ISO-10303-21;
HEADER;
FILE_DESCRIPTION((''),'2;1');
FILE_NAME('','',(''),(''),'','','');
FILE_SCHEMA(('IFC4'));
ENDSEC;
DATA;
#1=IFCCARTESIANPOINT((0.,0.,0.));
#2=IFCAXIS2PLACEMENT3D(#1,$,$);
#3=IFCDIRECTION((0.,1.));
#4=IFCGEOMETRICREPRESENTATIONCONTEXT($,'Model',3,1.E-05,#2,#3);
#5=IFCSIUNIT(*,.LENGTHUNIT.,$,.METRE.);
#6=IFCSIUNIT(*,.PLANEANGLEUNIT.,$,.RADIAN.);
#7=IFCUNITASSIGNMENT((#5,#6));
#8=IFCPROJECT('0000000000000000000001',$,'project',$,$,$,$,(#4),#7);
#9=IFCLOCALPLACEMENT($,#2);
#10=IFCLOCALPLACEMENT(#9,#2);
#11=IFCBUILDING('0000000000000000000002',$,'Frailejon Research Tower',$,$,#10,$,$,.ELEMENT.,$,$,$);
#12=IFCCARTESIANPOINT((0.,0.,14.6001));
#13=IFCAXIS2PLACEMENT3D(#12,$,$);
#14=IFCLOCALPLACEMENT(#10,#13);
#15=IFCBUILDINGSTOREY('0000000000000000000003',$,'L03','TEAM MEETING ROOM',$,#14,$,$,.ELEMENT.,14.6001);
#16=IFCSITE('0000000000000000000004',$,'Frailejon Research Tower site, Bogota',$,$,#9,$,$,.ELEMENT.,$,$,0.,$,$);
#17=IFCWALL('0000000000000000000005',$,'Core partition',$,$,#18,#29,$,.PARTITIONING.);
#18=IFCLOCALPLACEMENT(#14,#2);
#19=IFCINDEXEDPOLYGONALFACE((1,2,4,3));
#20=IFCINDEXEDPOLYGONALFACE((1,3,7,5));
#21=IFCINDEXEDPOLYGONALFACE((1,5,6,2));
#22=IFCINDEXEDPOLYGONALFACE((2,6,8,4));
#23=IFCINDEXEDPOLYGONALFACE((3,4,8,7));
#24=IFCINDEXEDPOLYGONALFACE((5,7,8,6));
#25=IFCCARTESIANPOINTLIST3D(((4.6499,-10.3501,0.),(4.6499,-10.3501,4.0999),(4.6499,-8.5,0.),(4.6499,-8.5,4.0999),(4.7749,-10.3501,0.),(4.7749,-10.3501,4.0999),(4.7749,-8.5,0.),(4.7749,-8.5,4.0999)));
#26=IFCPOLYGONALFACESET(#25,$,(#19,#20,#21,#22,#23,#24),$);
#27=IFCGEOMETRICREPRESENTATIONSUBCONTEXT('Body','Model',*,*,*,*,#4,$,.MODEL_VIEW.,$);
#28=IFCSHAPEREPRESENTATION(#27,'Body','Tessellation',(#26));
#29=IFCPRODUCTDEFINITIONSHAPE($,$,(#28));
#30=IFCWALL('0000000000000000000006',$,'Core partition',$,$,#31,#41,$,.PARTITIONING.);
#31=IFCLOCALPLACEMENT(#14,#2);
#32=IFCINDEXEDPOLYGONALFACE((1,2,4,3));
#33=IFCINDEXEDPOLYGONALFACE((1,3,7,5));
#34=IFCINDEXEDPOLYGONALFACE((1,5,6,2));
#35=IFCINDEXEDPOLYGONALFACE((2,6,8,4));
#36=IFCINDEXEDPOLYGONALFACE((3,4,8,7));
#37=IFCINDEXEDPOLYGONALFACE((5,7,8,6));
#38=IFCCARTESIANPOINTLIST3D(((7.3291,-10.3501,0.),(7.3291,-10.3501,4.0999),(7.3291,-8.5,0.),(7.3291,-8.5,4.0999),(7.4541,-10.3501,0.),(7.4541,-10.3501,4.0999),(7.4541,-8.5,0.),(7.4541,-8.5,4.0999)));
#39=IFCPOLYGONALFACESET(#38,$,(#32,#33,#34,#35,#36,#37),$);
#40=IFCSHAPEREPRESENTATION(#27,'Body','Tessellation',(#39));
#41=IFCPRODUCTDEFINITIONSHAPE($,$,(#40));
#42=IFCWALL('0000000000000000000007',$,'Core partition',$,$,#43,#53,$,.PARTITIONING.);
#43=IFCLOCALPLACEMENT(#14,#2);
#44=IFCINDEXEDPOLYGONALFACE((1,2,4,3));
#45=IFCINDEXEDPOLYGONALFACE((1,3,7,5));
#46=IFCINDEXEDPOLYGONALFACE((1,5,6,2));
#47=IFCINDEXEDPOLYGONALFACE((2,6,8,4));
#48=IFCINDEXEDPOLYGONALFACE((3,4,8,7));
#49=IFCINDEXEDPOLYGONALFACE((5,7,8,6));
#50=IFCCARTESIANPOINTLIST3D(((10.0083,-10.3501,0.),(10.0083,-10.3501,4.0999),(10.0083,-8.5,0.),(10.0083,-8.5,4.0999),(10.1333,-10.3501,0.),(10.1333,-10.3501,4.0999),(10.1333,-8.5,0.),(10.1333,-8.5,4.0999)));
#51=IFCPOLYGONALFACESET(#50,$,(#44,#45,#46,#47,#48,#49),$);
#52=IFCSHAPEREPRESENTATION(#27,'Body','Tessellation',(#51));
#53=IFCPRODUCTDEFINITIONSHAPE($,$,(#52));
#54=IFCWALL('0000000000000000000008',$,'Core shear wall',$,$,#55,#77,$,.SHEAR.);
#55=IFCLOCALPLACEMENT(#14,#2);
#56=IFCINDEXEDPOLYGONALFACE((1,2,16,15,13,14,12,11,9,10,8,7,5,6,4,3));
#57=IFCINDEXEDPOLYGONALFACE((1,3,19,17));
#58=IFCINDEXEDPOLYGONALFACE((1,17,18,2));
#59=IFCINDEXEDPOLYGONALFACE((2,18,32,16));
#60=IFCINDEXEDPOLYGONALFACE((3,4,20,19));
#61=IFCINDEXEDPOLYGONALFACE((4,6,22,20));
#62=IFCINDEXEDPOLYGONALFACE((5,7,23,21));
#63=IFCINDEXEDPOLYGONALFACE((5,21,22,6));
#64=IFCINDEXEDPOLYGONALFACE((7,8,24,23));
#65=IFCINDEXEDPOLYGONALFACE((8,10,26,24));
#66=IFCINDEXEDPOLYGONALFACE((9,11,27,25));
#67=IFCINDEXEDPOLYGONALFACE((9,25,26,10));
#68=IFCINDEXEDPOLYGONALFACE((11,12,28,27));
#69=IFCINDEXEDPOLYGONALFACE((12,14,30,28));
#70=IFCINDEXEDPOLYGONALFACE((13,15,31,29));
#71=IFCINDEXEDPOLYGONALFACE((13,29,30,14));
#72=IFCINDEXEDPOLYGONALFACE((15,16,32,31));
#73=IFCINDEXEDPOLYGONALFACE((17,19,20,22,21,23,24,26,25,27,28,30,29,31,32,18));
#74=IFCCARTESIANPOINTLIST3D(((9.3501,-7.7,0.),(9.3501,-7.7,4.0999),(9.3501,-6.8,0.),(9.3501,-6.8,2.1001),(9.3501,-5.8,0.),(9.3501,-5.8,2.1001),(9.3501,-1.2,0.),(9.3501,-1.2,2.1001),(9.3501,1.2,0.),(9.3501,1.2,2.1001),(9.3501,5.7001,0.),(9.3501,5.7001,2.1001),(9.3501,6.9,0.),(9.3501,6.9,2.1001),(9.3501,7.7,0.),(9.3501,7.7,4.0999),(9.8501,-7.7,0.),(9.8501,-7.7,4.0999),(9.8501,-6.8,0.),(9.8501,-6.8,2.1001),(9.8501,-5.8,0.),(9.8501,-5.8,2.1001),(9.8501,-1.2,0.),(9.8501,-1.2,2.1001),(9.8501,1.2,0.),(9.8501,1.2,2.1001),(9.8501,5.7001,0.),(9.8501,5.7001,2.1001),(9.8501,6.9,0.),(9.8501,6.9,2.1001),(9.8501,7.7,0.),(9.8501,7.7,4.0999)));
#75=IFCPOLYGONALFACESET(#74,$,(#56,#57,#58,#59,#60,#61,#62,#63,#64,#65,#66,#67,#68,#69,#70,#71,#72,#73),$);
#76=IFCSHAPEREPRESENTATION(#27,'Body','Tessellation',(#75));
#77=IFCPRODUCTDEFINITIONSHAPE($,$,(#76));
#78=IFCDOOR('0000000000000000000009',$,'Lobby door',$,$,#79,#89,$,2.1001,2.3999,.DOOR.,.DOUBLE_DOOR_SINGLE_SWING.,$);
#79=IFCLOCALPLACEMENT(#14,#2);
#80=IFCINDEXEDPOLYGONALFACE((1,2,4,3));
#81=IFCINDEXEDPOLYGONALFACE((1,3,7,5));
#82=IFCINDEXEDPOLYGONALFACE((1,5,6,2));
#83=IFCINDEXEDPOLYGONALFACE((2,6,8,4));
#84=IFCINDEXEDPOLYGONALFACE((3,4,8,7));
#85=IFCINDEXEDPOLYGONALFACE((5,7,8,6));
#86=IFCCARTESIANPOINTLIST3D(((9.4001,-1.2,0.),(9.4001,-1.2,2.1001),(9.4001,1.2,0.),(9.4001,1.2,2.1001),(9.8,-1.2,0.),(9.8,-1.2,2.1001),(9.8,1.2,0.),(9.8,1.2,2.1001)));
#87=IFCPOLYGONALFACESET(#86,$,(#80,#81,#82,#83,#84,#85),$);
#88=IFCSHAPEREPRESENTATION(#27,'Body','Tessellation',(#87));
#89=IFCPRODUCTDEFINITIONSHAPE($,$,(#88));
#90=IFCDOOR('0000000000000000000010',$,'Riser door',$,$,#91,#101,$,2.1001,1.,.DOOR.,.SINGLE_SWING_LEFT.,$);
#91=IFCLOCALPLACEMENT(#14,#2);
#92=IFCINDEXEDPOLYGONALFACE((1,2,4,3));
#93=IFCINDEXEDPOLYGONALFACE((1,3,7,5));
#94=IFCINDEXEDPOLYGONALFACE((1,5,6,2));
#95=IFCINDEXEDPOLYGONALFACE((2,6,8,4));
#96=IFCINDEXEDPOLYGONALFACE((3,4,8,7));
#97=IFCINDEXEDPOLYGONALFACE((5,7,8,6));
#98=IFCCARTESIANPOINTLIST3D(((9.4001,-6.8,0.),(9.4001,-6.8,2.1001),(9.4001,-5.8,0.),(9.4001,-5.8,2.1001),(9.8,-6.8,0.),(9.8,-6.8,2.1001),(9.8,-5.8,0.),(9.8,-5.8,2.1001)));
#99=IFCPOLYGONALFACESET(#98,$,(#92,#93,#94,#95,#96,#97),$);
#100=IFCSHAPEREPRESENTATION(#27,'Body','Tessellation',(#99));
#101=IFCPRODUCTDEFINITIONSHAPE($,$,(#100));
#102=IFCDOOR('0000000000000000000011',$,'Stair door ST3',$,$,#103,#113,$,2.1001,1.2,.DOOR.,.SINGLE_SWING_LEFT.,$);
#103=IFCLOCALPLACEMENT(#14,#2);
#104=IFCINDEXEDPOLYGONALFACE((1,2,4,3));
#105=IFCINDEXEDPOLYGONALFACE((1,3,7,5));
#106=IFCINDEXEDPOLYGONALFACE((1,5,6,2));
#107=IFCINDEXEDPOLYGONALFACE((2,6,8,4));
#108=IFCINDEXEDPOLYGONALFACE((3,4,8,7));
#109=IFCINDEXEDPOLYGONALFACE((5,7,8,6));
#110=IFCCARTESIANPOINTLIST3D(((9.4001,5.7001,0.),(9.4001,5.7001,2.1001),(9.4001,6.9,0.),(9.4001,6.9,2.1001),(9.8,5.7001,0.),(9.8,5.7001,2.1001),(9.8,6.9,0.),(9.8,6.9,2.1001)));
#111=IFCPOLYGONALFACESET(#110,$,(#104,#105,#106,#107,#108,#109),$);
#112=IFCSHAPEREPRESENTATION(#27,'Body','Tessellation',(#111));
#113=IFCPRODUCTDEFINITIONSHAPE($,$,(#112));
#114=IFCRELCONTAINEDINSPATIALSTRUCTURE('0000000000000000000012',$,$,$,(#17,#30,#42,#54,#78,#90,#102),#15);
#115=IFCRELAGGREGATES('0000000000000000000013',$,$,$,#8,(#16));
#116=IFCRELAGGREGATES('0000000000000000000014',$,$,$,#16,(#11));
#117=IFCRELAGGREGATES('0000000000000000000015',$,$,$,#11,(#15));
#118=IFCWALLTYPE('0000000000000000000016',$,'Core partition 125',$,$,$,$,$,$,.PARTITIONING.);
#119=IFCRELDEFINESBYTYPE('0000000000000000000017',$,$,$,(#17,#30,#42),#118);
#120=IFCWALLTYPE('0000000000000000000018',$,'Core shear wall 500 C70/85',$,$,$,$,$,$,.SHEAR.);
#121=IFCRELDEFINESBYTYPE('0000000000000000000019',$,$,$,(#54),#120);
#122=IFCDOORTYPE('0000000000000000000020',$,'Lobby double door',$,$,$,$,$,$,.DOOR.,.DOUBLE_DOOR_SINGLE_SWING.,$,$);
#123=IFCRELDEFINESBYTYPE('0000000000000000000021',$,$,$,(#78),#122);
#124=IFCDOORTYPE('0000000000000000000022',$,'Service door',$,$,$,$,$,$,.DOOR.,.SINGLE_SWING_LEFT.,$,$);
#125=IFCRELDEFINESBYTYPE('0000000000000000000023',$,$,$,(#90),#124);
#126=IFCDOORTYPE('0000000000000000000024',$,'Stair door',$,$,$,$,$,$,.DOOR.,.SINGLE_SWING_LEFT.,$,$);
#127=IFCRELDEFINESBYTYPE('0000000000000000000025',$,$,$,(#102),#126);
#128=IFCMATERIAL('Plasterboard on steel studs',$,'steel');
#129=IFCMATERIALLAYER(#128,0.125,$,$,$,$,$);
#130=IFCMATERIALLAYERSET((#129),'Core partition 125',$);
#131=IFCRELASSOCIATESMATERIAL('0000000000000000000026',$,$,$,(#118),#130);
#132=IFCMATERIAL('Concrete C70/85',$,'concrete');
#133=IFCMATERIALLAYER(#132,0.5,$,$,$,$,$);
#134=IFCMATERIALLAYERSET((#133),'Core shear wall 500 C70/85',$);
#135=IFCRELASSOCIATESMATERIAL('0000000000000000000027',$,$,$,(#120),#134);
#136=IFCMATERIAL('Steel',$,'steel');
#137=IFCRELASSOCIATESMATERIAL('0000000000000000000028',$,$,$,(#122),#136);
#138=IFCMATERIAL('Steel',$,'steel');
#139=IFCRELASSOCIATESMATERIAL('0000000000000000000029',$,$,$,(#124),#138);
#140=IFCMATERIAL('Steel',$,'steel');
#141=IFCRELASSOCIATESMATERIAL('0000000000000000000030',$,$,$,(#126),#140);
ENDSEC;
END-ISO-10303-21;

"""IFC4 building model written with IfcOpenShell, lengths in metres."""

from ifc_helpers import new_model, si_unit, direction, frame, frame_2d, origin, place, context, subcontext, project, spatial, rectangle, extrude, material, layer, layer_set, type_object, element, fill, save


model = new_model("IFC4")

# Units and contexts
model_context = context("Model", 3, precision=1e-05, world=origin(), true_north=direction((0.0, 1.0)))
body_context = subcontext(model_context, "Body", "Model", "MODEL_VIEW")
ifc_project = project(units=[si_unit("LENGTHUNIT", "METRE"), si_unit("PLANEANGLEUNIT", "RADIAN")], contexts=[model_context])

# Site, building, storey
site_placement = place(None, origin())
site = spatial("IfcSite", under=ifc_project, at=site_placement, Name="Frailejon Research Tower site, Bogota", CompositionType="ELEMENT", RefElevation=0.0)
building_placement = place(site_placement, origin())
building = spatial("IfcBuilding", under=site, at=building_placement, Name="Frailejon Research Tower", CompositionType="ELEMENT")
storey_placement = place(building_placement, frame((0.0, 0.0, 14.6001)))
storey = spatial("IfcBuildingStorey", under=building, at=storey_placement, Name="L03", Description="TEAM MEETING ROOM", CompositionType="ELEMENT", Elevation=14.6001)

# Walls
ifc_material_1 = material(Name="Plasterboard on steel studs", Category="steel")
ifc_layer_1 = layer(ifc_material_1, 0.125)
ifc_layer_set_1 = layer_set([ifc_layer_1], Name="Core partition 125")
wall_type_1 = type_object("IfcWallType", Name="Core partition 125", PredefinedType="PARTITIONING", material=ifc_layer_set_1)
for number, where, z_axis, x_axis, name in (
    (1, (4.7124, -10.3501, 0.0), (0.0, 0.0, 1.0), (0.0, 1.0, 0.0), "Core partition"),
    (2, (7.3916, -10.3501, 0.0), (0.0, 0.0, 1.0), (0.0, 1.0, 0.0), "Core partition"),
    (3, (10.0708, -10.3501, 0.0), (0.0, 0.0, 1.0), (0.0, 1.0, 0.0), "Core partition"),
):
    element("IfcWall", number, at=place(storey_placement, frame(where, z_axis=z_axis, x_axis=x_axis)), inside=storey, type_object=wall_type_1, Name=name, PredefinedType="PARTITIONING", context=body_context, shape_type="SweptSolid", body=[
        extrude(rectangle(XDim=1.8501, YDim=0.125, at=frame_2d((0.925, 0.0))), origin(), (0.0, 0.0, 1.0), 4.0999),
    ])

# Wall, openings, doors
ifc_material_2 = material(Name="Concrete C70/85", Category="concrete")
ifc_layer_2 = layer(ifc_material_2, 0.5)
ifc_layer_set_2 = layer_set([ifc_layer_2], Name="Core shear wall 500 C70/85")
wall_type_2 = type_object("IfcWallType", Name="Core shear wall 500 C70/85", PredefinedType="SHEAR", material=ifc_layer_set_2)
wall_1_placement = place(storey_placement, frame((9.6001, -7.7, 0.0), z_axis=(0.0, 0.0, 1.0), x_axis=(0.0, 1.0, 0.0)))
wall_1 = element("IfcWall", 4, at=wall_1_placement, inside=storey, type_object=wall_type_2, Name="Core shear wall", PredefinedType="SHEAR", context=body_context, shape_type="SweptSolid", body=[
    extrude(rectangle(XDim=15.3999, YDim=0.5, at=frame_2d((7.7, 0.0))), origin(), (0.0, 0.0, 1.0), 4.0999),
])
opening_1_placement = place(wall_1_placement, frame((6.5, 0.0, 0.0)))
opening_1 = element("IfcOpeningElement", 5, at=opening_1_placement, cuts=wall_1, PredefinedType="OPENING", context=body_context, shape_type="SweptSolid", body=[
    extrude(rectangle(XDim=2.3999, YDim=2.1001, at=frame_2d((1.2, 1.05))), frame((0.0, 0.26, 0.0), z_axis=(0.0, -1.0, 0.0), x_axis=(1.0, 0.0, 0.0)), (0.0, 0.0, 1.0), 0.52),
])
opening_2_placement = place(wall_1_placement, frame((13.3999, 0.0, 0.0)))
opening_2 = element("IfcOpeningElement", 6, at=opening_2_placement, cuts=wall_1, PredefinedType="OPENING", context=body_context, shape_type="SweptSolid", body=[
    extrude(rectangle(XDim=1.2, YDim=2.1001, at=frame_2d((0.6001, 1.05))), frame((0.0, 0.26, 0.0), z_axis=(0.0, -1.0, 0.0), x_axis=(1.0, 0.0, 0.0)), (0.0, 0.0, 1.0), 0.52),
])
opening_3_placement = place(wall_1_placement, frame((0.8999, 0.0, 0.0)))
opening_3 = element("IfcOpeningElement", 7, at=opening_3_placement, cuts=wall_1, PredefinedType="OPENING", context=body_context, shape_type="SweptSolid", body=[
    extrude(rectangle(XDim=1.0, YDim=2.1001, at=frame_2d((0.5, 1.05))), frame((0.0, 0.26, 0.0), z_axis=(0.0, -1.0, 0.0), x_axis=(1.0, 0.0, 0.0)), (0.0, 0.0, 1.0), 0.52),
])
ifc_material_3 = material(Name="Steel", Category="steel")
door_type_1 = type_object("IfcDoorType", Name="Lobby double door", OperationType="DOUBLE_DOOR_SINGLE_SWING", PredefinedType="DOOR", material=ifc_material_3)
door_1_placement = place(opening_1_placement, origin())
door_1 = element("IfcDoor", 8, at=door_1_placement, inside=storey, type_object=door_type_1, Name="Lobby door", OperationType="DOUBLE_DOOR_SINGLE_SWING", OverallHeight=2.1001, OverallWidth=2.3999, PredefinedType="DOOR", context=body_context, shape_type="SweptSolid", body=[
    extrude(rectangle(XDim=2.3999, YDim=2.1001, at=frame_2d((1.2, 1.05))), frame((0.0, 0.2, 0.0), z_axis=(0.0, -1.0, 0.0), x_axis=(1.0, 0.0, 0.0)), (0.0, 0.0, 1.0), 0.3999),
])
fill(opening_1, door_1)
ifc_material_4 = material(Name="Steel", Category="steel")
door_type_2 = type_object("IfcDoorType", Name="Service door", OperationType="SINGLE_SWING_LEFT", PredefinedType="DOOR", material=ifc_material_4)
door_2_placement = place(opening_3_placement, origin())
door_2 = element("IfcDoor", 9, at=door_2_placement, inside=storey, type_object=door_type_2, Name="Riser door", OperationType="SINGLE_SWING_LEFT", OverallHeight=2.1001, OverallWidth=1.0, PredefinedType="DOOR", context=body_context, shape_type="SweptSolid", body=[
    extrude(rectangle(XDim=1.0, YDim=2.1001, at=frame_2d((0.5, 1.05))), frame((0.0, 0.2, 0.0), z_axis=(0.0, -1.0, 0.0), x_axis=(1.0, 0.0, 0.0)), (0.0, 0.0, 1.0), 0.3999),
])
fill(opening_3, door_2)
ifc_material_5 = material(Name="Steel", Category="steel")
door_type_3 = type_object("IfcDoorType", Name="Stair door", OperationType="SINGLE_SWING_LEFT", PredefinedType="DOOR", material=ifc_material_5)
door_3_placement = place(opening_2_placement, origin())
door_3 = element("IfcDoor", 10, at=door_3_placement, inside=storey, type_object=door_type_3, Name="Stair door ST3", OperationType="SINGLE_SWING_LEFT", OverallHeight=2.1001, OverallWidth=1.2, PredefinedType="DOOR", context=body_context, shape_type="SweptSolid", body=[
    extrude(rectangle(XDim=1.2, YDim=2.1001, at=frame_2d((0.6001, 1.05))), frame((0.0, 0.2, 0.0), z_axis=(0.0, -1.0, 0.0), x_axis=(1.0, 0.0, 0.0)), (0.0, 0.0, 1.0), 0.3999),
])
fill(opening_2, door_3)

save(model, "model.ifc")
